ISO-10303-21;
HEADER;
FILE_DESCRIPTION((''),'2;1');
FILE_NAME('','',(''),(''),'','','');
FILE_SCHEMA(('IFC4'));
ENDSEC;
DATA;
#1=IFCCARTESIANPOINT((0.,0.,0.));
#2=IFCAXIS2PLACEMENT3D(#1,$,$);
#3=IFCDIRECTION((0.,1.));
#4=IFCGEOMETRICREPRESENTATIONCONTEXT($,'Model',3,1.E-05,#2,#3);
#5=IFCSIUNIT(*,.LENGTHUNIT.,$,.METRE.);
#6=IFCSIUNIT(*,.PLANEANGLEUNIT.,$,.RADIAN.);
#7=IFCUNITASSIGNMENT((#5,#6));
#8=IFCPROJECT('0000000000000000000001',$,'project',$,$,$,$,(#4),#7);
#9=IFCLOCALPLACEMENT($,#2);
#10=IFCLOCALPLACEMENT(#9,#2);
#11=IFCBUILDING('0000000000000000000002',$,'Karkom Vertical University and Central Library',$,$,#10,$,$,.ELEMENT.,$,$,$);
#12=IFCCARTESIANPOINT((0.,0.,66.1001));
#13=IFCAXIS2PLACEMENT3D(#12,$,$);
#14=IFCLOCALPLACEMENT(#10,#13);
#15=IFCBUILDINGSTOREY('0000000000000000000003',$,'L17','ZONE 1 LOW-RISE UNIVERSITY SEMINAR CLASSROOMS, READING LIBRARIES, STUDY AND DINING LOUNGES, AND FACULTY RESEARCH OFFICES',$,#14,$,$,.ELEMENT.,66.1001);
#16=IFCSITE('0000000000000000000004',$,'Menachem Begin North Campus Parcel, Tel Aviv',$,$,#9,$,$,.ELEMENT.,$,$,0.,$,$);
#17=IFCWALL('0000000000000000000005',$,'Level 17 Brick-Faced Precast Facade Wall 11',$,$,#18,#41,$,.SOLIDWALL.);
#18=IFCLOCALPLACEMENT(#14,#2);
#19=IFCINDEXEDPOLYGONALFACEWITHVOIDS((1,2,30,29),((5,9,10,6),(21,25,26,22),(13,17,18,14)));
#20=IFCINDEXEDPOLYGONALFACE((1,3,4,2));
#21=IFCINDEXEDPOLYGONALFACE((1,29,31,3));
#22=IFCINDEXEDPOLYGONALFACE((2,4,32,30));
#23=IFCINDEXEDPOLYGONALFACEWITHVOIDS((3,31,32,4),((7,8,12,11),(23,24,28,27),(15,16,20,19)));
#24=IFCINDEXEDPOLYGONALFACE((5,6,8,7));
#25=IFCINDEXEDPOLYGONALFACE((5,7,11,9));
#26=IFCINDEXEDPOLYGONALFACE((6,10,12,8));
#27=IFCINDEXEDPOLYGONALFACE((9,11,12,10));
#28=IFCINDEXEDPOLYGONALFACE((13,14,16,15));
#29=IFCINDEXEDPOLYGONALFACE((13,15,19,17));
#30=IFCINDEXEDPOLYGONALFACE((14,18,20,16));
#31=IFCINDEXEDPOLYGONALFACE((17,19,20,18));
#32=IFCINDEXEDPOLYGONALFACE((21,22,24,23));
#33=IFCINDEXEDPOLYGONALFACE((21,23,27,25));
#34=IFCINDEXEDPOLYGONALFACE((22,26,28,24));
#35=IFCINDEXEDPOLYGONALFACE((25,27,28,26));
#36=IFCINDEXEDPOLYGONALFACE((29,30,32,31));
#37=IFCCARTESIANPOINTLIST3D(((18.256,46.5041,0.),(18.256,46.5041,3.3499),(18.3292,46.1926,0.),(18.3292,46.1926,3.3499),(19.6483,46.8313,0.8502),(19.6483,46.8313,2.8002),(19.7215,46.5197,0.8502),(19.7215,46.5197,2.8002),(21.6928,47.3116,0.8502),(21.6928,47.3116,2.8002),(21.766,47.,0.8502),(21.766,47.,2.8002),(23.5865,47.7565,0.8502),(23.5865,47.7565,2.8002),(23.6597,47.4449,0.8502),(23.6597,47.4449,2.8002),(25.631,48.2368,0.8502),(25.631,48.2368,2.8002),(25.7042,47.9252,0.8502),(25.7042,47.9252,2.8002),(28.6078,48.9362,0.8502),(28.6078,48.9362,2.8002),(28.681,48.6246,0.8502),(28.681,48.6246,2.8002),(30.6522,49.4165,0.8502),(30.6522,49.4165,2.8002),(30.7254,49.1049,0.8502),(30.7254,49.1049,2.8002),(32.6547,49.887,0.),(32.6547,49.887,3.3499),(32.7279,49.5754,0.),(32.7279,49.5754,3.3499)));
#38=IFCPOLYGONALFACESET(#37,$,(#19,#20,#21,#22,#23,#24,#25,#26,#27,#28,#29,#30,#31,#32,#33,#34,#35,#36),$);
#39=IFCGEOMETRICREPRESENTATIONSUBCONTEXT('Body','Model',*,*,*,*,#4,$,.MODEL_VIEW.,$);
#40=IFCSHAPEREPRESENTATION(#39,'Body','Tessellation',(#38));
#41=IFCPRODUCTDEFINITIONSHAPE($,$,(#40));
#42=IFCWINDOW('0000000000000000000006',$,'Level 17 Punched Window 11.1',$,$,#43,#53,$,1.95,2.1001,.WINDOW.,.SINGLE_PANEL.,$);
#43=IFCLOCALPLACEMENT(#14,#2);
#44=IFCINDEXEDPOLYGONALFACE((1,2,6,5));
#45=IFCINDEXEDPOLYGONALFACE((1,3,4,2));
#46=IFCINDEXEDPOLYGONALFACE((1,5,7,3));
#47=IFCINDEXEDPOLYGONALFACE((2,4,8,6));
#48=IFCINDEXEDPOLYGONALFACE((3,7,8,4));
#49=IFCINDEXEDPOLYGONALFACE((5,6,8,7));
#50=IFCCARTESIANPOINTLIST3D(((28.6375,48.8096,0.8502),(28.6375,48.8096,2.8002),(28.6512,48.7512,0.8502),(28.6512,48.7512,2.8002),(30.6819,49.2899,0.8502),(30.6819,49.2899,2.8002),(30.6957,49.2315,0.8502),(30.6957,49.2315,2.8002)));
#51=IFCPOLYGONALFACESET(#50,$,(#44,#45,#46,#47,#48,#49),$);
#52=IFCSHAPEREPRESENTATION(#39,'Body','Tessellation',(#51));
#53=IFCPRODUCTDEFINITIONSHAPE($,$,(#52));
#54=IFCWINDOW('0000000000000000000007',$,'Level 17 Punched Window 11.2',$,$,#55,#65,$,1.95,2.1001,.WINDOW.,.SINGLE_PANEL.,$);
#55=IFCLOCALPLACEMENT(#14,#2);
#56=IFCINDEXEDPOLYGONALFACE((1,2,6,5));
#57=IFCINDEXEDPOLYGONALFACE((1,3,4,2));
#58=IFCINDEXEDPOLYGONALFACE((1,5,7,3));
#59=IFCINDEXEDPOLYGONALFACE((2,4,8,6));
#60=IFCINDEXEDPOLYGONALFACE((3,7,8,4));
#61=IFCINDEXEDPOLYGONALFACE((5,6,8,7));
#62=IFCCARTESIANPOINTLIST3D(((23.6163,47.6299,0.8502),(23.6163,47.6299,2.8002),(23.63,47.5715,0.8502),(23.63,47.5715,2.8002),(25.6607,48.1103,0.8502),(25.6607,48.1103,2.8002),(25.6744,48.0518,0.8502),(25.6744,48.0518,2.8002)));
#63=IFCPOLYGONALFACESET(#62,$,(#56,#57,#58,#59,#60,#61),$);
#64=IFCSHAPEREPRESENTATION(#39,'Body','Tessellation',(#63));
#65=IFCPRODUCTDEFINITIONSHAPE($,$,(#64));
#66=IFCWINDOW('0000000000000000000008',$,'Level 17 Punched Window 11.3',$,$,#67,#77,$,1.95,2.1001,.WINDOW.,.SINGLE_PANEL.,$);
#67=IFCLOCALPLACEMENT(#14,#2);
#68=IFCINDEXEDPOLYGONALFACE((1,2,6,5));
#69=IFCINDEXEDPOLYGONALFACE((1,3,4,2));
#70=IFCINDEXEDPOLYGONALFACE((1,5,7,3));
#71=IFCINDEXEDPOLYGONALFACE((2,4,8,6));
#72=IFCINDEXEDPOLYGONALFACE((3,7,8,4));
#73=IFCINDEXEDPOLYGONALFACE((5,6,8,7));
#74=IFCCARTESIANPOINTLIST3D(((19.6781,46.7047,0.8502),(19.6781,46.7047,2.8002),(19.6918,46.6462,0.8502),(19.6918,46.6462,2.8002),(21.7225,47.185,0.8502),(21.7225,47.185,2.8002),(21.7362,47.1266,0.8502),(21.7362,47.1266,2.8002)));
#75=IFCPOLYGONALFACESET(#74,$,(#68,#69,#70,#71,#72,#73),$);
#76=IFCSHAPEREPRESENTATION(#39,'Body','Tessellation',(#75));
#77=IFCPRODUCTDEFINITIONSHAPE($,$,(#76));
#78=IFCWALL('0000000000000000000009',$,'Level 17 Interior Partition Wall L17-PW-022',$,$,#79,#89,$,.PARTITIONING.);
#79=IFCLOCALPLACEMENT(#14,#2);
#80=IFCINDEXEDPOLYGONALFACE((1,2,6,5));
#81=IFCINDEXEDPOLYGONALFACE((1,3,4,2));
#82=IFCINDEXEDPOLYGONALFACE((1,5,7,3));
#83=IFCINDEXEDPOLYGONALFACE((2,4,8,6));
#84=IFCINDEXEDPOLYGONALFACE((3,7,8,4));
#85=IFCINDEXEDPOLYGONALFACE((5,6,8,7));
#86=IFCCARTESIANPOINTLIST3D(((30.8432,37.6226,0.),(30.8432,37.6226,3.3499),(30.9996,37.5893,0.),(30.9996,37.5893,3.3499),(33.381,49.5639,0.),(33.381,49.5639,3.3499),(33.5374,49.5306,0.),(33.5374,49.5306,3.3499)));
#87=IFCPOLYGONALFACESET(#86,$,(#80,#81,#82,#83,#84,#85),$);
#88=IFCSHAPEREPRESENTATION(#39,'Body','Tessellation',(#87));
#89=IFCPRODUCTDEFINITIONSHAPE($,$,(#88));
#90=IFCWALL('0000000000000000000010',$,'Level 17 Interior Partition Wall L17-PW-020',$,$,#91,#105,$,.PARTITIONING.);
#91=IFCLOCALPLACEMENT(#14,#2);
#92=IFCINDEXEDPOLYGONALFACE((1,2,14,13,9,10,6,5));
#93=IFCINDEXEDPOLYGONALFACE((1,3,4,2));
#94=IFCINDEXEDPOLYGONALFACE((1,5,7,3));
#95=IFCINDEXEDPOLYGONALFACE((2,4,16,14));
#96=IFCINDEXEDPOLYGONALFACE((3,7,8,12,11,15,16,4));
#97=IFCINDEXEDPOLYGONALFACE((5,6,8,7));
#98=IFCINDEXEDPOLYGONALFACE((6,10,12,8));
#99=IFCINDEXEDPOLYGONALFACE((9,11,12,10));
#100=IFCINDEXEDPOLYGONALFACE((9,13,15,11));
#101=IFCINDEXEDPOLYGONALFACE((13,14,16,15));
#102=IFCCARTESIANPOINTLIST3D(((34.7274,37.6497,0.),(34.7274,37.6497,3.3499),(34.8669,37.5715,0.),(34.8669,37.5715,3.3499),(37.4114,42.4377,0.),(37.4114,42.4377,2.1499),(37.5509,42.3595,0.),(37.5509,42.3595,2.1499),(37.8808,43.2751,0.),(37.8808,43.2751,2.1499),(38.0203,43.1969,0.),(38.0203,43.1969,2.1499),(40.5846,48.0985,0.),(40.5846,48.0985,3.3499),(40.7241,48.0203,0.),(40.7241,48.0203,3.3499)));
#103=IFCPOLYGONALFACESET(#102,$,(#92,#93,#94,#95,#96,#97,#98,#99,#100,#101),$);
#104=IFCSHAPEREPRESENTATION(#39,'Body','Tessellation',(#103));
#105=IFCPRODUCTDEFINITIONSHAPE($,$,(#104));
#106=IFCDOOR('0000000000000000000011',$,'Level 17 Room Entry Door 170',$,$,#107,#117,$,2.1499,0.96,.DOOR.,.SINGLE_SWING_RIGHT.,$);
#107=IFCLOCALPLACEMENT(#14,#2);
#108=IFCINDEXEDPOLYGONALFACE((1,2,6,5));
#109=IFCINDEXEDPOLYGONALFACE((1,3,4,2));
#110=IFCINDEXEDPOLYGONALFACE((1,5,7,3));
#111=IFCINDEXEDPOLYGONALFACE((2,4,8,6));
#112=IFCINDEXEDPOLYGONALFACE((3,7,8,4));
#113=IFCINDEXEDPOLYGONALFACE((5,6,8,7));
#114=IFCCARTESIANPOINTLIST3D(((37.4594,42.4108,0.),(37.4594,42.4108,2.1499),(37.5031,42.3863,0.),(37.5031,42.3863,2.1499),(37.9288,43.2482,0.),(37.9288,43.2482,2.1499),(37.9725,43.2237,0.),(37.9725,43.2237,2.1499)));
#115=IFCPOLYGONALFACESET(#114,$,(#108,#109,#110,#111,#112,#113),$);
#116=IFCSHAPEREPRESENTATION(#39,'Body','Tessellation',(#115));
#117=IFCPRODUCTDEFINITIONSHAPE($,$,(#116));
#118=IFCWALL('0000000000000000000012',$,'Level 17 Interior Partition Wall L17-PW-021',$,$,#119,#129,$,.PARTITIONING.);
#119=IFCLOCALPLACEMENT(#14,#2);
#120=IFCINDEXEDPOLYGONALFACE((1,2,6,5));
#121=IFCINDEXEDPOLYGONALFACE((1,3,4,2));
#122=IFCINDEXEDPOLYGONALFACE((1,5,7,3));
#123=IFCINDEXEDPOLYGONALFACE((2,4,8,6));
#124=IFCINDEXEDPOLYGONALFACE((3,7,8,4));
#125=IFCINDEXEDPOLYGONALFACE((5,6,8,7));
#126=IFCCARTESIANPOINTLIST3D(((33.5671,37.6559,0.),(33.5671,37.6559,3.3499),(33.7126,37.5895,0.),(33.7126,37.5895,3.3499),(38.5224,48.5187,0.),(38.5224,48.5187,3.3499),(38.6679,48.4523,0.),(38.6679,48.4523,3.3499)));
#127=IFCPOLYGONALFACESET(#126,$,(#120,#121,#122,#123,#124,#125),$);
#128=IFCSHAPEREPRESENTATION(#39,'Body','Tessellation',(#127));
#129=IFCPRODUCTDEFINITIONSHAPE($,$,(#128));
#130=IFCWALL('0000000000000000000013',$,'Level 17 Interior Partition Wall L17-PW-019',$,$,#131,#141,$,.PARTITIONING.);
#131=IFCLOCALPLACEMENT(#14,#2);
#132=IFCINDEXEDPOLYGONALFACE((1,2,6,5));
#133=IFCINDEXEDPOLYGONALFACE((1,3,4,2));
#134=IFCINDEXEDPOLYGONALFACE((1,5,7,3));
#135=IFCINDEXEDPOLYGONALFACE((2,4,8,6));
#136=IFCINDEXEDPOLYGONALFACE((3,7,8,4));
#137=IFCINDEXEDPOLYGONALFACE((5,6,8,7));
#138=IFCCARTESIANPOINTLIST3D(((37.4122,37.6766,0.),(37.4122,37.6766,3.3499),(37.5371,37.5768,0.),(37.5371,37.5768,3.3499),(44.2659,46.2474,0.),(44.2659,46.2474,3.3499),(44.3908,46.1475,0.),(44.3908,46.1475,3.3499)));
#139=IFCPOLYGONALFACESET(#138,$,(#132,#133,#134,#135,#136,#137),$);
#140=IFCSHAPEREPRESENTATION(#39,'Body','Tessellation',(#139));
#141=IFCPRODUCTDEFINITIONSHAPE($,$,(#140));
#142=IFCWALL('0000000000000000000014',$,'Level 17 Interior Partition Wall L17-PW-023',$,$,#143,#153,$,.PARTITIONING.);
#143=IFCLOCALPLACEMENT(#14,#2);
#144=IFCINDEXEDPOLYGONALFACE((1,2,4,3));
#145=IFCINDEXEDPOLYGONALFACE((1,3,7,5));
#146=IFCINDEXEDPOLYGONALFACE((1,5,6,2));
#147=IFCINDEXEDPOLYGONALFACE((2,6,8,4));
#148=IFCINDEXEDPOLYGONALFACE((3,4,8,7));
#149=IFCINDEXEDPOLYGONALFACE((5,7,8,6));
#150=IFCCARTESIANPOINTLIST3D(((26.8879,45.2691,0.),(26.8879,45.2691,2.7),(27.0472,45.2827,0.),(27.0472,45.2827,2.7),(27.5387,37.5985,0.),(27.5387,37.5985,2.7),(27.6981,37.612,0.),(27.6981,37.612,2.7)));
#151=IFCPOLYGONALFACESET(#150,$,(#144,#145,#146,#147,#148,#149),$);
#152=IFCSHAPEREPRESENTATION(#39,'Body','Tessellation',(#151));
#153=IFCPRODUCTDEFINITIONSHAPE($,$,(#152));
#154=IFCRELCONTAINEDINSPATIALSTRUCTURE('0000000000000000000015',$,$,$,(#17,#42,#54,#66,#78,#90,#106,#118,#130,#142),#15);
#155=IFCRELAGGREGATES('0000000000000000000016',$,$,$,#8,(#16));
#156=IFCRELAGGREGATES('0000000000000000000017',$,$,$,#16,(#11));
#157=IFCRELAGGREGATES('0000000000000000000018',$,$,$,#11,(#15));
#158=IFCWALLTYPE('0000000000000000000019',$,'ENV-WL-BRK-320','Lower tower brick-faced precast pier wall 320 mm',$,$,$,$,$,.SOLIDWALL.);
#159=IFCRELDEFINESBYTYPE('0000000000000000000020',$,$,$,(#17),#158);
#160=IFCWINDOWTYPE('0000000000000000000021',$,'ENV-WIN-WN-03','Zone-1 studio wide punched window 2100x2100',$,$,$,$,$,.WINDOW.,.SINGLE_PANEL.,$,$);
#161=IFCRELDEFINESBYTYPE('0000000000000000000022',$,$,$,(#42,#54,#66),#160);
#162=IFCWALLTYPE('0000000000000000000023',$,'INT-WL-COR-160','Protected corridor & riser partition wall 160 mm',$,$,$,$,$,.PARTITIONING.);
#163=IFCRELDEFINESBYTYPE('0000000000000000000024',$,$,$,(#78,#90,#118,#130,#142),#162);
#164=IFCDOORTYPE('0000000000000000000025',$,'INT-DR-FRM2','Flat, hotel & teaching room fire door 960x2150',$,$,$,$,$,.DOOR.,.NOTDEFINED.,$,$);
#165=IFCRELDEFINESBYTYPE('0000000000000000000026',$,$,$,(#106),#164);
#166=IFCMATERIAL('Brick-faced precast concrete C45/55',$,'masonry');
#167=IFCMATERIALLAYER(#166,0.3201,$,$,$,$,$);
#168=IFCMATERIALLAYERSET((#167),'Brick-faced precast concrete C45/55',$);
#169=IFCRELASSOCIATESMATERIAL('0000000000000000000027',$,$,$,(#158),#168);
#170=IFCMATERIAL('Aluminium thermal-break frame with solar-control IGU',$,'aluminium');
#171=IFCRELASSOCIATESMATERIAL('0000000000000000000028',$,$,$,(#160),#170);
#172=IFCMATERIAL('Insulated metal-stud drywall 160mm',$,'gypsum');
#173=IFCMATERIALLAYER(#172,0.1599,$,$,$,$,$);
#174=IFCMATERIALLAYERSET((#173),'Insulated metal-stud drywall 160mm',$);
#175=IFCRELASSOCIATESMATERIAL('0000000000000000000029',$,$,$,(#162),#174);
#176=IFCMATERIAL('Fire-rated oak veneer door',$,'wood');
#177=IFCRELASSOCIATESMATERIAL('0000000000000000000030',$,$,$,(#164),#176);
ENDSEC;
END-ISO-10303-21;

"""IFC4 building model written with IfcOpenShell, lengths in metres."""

from ifc_helpers import new_model, si_unit, direction, frame, frame_2d, origin, origin_with_axes, place, context, subcontext, project, spatial, rectangle, extrude, source, transform, mapped, material, layer, layer_set, type_object, element, fill, save


model = new_model("IFC4")

# Units and contexts
model_context = context("Model", 3, precision=1e-05, world=origin(), true_north=direction((0.0, 1.0)))
body_context = subcontext(model_context, "Body", "Model", "MODEL_VIEW")
ifc_project = project(units=[si_unit("LENGTHUNIT", "METRE"), si_unit("PLANEANGLEUNIT", "RADIAN")], contexts=[model_context])

# Site, building, storey
site_placement = place(None, origin())
site = spatial("IfcSite", under=ifc_project, at=site_placement, Name="Menachem Begin North Campus Parcel, Tel Aviv", CompositionType="ELEMENT", RefElevation=0.0)
building_placement = place(site_placement, origin())
building = spatial("IfcBuilding", under=site, at=building_placement, Name="Karkom Vertical University and Central Library", CompositionType="ELEMENT")
storey_placement = place(building_placement, frame((0.0, 0.0, 66.1001)))
storey = spatial("IfcBuildingStorey", under=building, at=storey_placement, Name="L17", Description="ZONE 1 LOW-RISE UNIVERSITY SEMINAR CLASSROOMS, READING LIBRARIES, STUDY AND DINING LOUNGES, AND FACULTY RESEARCH OFFICES", CompositionType="ELEMENT", Elevation=66.1001)

# Wall, openings, windows
ifc_material_1 = material(Name="Brick-faced precast concrete C45/55", Category="masonry")
ifc_layer_1 = layer(ifc_material_1, 0.3201)
ifc_layer_set_1 = layer_set([ifc_layer_1], Name="Brick-faced precast concrete C45/55")
wall_type_1 = type_object("IfcWallType", Name="ENV-WL-BRK-320", Description="Lower tower brick-faced precast pier wall 320 mm", PredefinedType="SOLIDWALL", material=ifc_layer_set_1)
wall_1_placement = place(storey_placement, frame((32.6914, 49.7312, 0.0), z_axis=(0.0, 0.0, 1.0), x_axis=(-0.973494, -0.228712, 0.0)))
wall_1 = element("IfcWall", 1, at=wall_1_placement, inside=storey, type_object=wall_type_1, Name="Level 17 Brick-Faced Precast Facade Wall 11", PredefinedType="SOLIDWALL", context=body_context, shape_type="SweptSolid", body=[
    extrude(rectangle(XDim=14.7908, YDim=0.3201, at=frame_2d((7.3955, 0.0))), origin(), (0.0, 0.0, 1.0), 3.3499),
])
opening_1_placement = place(wall_1_placement, frame((2.0571, 0.0, 0.8501)))
opening_1 = element("IfcOpeningElement", 2, at=opening_1_placement, cuts=wall_1, PredefinedType="OPENING", context=body_context, shape_type="SweptSolid", body=[
    extrude(rectangle(XDim=2.1001, YDim=1.95, at=frame_2d((1.05, 0.9751))), frame((0.0, 0.1699, 0.0), z_axis=(0.0, -1.0, 0.0), x_axis=(1.0, 0.0, 0.0)), (0.0, 0.0, 1.0), 0.3401),
])
opening_2_placement = place(wall_1_placement, frame((7.2151, 0.0, 0.8501)))
opening_2 = element("IfcOpeningElement", 3, at=opening_2_placement, cuts=wall_1, PredefinedType="OPENING", context=body_context, shape_type="SweptSolid", body=[
    extrude(rectangle(XDim=2.1001, YDim=1.95, at=frame_2d((1.05, 0.9751))), frame((0.0, 0.1699, 0.0), z_axis=(0.0, -1.0, 0.0), x_axis=(1.0, 0.0, 0.0)), (0.0, 0.0, 1.0), 0.3401),
])
opening_3_placement = place(wall_1_placement, frame((11.2605, 0.0, 0.8501)))
opening_3 = element("IfcOpeningElement", 4, at=opening_3_placement, cuts=wall_1, PredefinedType="OPENING", context=body_context, shape_type="SweptSolid", body=[
    extrude(rectangle(XDim=2.1001, YDim=1.95, at=frame_2d((1.05, 0.9751))), frame((0.0, 0.1699, 0.0), z_axis=(0.0, -1.0, 0.0), x_axis=(1.0, 0.0, 0.0)), (0.0, 0.0, 1.0), 0.3401),
])
ifc_material_2 = material(Name="Aluminium thermal-break frame with solar-control IGU", Category="aluminium")
window_type = type_object("IfcWindowType", Name="ENV-WIN-WN-03", Description="Zone-1 studio wide punched window 2100x2100", PartitioningType="SINGLE_PANEL", PredefinedType="WINDOW", material=ifc_material_2)
shared_shape_1 = source(origin_with_axes(), body_context, "Body", "SweptSolid", [
    extrude(rectangle(XDim=2.1001, YDim=1.95, at=frame_2d((1.05, 0.9751))), frame((0.0, 0.03, 0.0), z_axis=(0.0, -1.0, 0.0), x_axis=(1.0, 0.0, 0.0)), (0.0, 0.0, 1.0), 0.0601),
])
window_1_placement = place(opening_1_placement, origin())
window_1 = element("IfcWindow", 5, at=window_1_placement, inside=storey, type_object=window_type, Name="Level 17 Punched Window 11.1", OverallHeight=1.95, OverallWidth=2.1001, PartitioningType="SINGLE_PANEL", PredefinedType="WINDOW", context=body_context, shape_type="MappedRepresentation", body=[
    mapped(shared_shape_1, transform((0.0, 0.0, 0.0), scale=1.0)),
])
fill(opening_1, window_1)
window_2_placement = place(opening_2_placement, origin())
window_2 = element("IfcWindow", 6, at=window_2_placement, inside=storey, type_object=window_type, Name="Level 17 Punched Window 11.2", OverallHeight=1.95, OverallWidth=2.1001, PartitioningType="SINGLE_PANEL", PredefinedType="WINDOW", context=body_context, shape_type="MappedRepresentation", body=[
    mapped(shared_shape_1, transform((0.0, 0.0, 0.0), scale=1.0)),
])
fill(opening_2, window_2)
window_3_placement = place(opening_3_placement, origin())
window_3 = element("IfcWindow", 7, at=window_3_placement, inside=storey, type_object=window_type, Name="Level 17 Punched Window 11.3", OverallHeight=1.95, OverallWidth=2.1001, PartitioningType="SINGLE_PANEL", PredefinedType="WINDOW", context=body_context, shape_type="MappedRepresentation", body=[
    mapped(shared_shape_1, transform((0.0, 0.0, 0.0), scale=1.0)),
])
fill(opening_3, window_3)

# Wall
ifc_material_3 = material(Name="Insulated metal-stud drywall 160mm", Category="gypsum")
ifc_layer_2 = layer(ifc_material_3, 0.1599)
ifc_layer_set_2 = layer_set([ifc_layer_2], Name="Insulated metal-stud drywall 160mm")
wall_type_2 = type_object("IfcWallType", Name="INT-WL-COR-160", Description="Protected corridor & riser partition wall 160 mm", PredefinedType="PARTITIONING", material=ifc_layer_set_2)
wall_2_placement = place(storey_placement, frame((30.9214, 37.606, 0.0), z_axis=(0.0, 0.0, 1.0), x_axis=(0.207882, 0.978154, 0.0)))
element("IfcWall", 8, at=wall_2_placement, inside=storey, type_object=wall_type_2, Name="Level 17 Interior Partition Wall L17-PW-022", PredefinedType="PARTITIONING", context=body_context, shape_type="SweptSolid", body=[
    extrude(rectangle(XDim=12.208, YDim=0.1599, at=frame_2d((6.104, 0.0))), origin(), (0.0, 0.0, 1.0), 3.3499),
])

# Wall, opening, door
wall_3_placement = place(storey_placement, frame((34.7971, 37.6106, 0.0), z_axis=(0.0, 0.0, 1.0), x_axis=(0.488978, 0.872296, 0.0)))
wall_3 = element("IfcWall", 9, at=wall_3_placement, inside=storey, type_object=wall_type_2, Name="Level 17 Interior Partition Wall L17-PW-020", PredefinedType="PARTITIONING", context=body_context, shape_type="SweptSolid", body=[
    extrude(rectangle(XDim=11.9785, YDim=0.1599, at=frame_2d((5.9893, 0.0))), origin(), (0.0, 0.0, 1.0), 3.3499),
])
opening_4_placement = place(wall_3_placement, frame((5.489, 0.0, 0.0)))
opening_4 = element("IfcOpeningElement", 10, at=opening_4_placement, cuts=wall_3, PredefinedType="OPENING", context=body_context, shape_type="SweptSolid", body=[
    extrude(rectangle(XDim=0.96, YDim=2.1499, at=frame_2d((0.48, 1.075))), frame((0.0, 0.0898, 0.0), z_axis=(0.0, -1.0, 0.0), x_axis=(1.0, 0.0, 0.0)), (0.0, 0.0, 1.0), 0.1799),
])
ifc_material_4 = material(Name="Fire-rated oak veneer door", Category="wood")
door_type_1 = type_object("IfcDoorType", Name="INT-DR-FRM2", Description="Flat, hotel & teaching room fire door 960x2150", OperationType="NOTDEFINED", PredefinedType="DOOR", material=ifc_material_4)
shared_shape_2 = source(origin_with_axes(), body_context, "Body", "SweptSolid", [
    extrude(rectangle(XDim=0.96, YDim=2.1499, at=frame_2d((0.48, 1.075))), frame((0.0, 0.0249, 0.0), z_axis=(0.0, -1.0, 0.0), x_axis=(1.0, 0.0, 0.0)), (0.0, 0.0, 1.0), 0.05),
])
door_1_placement = place(opening_4_placement, origin())
door_1 = element("IfcDoor", 11, at=door_1_placement, inside=storey, type_object=door_type_1, Name="Level 17 Room Entry Door 170", OperationType="SINGLE_SWING_RIGHT", OverallHeight=2.1499, OverallWidth=0.96, PredefinedType="DOOR", context=body_context, shape_type="MappedRepresentation", body=[
    mapped(shared_shape_2, transform((0.0, 0.0, 0.0), scale=1.0)),
])
fill(opening_4, door_1)

# Walls
wall_4_placement = place(storey_placement, frame((33.6399, 37.6228, 0.0), z_axis=(0.0, 0.0, 1.0), x_axis=(0.41503, 0.909808, 0.0)))
element("IfcWall", 12, at=wall_4_placement, inside=storey, type_object=wall_type_2, Name="Level 17 Interior Partition Wall L17-PW-021", PredefinedType="PARTITIONING", context=body_context, shape_type="SweptSolid", body=[
    extrude(rectangle(XDim=11.9397, YDim=0.1599, at=frame_2d((5.9697, 0.0))), origin(), (0.0, 0.0, 1.0), 3.3499),
])
wall_5_placement = place(storey_placement, frame((37.4746, 37.6267, 0.0), z_axis=(0.0, 0.0, 1.0), x_axis=(0.624535, 0.780997, 0.0)))
element("IfcWall", 13, at=wall_5_placement, inside=storey, type_object=wall_type_2, Name="Level 17 Interior Partition Wall L17-PW-019", PredefinedType="PARTITIONING", context=body_context, shape_type="SweptSolid", body=[
    extrude(rectangle(XDim=10.9741, YDim=0.1599, at=frame_2d((5.4871, 0.0))), origin(), (0.0, 0.0, 1.0), 3.3499),
])
wall_6_placement = place(storey_placement, frame((27.6184, 37.6052, 0.0), z_axis=(0.0, 0.0, 1.0), x_axis=(-0.084549, 0.996419, 0.0)))
element("IfcWall", 14, at=wall_6_placement, inside=storey, type_object=wall_type_2, Name="Level 17 Interior Partition Wall L17-PW-023", PredefinedType="PARTITIONING", context=body_context, shape_type="SweptSolid", body=[
    extrude(rectangle(XDim=7.6982, YDim=0.1599, at=frame_2d((3.8491, 0.0))), origin(), (0.0, 0.0, 1.0), 2.7),
])

save(model, "model.ifc")
